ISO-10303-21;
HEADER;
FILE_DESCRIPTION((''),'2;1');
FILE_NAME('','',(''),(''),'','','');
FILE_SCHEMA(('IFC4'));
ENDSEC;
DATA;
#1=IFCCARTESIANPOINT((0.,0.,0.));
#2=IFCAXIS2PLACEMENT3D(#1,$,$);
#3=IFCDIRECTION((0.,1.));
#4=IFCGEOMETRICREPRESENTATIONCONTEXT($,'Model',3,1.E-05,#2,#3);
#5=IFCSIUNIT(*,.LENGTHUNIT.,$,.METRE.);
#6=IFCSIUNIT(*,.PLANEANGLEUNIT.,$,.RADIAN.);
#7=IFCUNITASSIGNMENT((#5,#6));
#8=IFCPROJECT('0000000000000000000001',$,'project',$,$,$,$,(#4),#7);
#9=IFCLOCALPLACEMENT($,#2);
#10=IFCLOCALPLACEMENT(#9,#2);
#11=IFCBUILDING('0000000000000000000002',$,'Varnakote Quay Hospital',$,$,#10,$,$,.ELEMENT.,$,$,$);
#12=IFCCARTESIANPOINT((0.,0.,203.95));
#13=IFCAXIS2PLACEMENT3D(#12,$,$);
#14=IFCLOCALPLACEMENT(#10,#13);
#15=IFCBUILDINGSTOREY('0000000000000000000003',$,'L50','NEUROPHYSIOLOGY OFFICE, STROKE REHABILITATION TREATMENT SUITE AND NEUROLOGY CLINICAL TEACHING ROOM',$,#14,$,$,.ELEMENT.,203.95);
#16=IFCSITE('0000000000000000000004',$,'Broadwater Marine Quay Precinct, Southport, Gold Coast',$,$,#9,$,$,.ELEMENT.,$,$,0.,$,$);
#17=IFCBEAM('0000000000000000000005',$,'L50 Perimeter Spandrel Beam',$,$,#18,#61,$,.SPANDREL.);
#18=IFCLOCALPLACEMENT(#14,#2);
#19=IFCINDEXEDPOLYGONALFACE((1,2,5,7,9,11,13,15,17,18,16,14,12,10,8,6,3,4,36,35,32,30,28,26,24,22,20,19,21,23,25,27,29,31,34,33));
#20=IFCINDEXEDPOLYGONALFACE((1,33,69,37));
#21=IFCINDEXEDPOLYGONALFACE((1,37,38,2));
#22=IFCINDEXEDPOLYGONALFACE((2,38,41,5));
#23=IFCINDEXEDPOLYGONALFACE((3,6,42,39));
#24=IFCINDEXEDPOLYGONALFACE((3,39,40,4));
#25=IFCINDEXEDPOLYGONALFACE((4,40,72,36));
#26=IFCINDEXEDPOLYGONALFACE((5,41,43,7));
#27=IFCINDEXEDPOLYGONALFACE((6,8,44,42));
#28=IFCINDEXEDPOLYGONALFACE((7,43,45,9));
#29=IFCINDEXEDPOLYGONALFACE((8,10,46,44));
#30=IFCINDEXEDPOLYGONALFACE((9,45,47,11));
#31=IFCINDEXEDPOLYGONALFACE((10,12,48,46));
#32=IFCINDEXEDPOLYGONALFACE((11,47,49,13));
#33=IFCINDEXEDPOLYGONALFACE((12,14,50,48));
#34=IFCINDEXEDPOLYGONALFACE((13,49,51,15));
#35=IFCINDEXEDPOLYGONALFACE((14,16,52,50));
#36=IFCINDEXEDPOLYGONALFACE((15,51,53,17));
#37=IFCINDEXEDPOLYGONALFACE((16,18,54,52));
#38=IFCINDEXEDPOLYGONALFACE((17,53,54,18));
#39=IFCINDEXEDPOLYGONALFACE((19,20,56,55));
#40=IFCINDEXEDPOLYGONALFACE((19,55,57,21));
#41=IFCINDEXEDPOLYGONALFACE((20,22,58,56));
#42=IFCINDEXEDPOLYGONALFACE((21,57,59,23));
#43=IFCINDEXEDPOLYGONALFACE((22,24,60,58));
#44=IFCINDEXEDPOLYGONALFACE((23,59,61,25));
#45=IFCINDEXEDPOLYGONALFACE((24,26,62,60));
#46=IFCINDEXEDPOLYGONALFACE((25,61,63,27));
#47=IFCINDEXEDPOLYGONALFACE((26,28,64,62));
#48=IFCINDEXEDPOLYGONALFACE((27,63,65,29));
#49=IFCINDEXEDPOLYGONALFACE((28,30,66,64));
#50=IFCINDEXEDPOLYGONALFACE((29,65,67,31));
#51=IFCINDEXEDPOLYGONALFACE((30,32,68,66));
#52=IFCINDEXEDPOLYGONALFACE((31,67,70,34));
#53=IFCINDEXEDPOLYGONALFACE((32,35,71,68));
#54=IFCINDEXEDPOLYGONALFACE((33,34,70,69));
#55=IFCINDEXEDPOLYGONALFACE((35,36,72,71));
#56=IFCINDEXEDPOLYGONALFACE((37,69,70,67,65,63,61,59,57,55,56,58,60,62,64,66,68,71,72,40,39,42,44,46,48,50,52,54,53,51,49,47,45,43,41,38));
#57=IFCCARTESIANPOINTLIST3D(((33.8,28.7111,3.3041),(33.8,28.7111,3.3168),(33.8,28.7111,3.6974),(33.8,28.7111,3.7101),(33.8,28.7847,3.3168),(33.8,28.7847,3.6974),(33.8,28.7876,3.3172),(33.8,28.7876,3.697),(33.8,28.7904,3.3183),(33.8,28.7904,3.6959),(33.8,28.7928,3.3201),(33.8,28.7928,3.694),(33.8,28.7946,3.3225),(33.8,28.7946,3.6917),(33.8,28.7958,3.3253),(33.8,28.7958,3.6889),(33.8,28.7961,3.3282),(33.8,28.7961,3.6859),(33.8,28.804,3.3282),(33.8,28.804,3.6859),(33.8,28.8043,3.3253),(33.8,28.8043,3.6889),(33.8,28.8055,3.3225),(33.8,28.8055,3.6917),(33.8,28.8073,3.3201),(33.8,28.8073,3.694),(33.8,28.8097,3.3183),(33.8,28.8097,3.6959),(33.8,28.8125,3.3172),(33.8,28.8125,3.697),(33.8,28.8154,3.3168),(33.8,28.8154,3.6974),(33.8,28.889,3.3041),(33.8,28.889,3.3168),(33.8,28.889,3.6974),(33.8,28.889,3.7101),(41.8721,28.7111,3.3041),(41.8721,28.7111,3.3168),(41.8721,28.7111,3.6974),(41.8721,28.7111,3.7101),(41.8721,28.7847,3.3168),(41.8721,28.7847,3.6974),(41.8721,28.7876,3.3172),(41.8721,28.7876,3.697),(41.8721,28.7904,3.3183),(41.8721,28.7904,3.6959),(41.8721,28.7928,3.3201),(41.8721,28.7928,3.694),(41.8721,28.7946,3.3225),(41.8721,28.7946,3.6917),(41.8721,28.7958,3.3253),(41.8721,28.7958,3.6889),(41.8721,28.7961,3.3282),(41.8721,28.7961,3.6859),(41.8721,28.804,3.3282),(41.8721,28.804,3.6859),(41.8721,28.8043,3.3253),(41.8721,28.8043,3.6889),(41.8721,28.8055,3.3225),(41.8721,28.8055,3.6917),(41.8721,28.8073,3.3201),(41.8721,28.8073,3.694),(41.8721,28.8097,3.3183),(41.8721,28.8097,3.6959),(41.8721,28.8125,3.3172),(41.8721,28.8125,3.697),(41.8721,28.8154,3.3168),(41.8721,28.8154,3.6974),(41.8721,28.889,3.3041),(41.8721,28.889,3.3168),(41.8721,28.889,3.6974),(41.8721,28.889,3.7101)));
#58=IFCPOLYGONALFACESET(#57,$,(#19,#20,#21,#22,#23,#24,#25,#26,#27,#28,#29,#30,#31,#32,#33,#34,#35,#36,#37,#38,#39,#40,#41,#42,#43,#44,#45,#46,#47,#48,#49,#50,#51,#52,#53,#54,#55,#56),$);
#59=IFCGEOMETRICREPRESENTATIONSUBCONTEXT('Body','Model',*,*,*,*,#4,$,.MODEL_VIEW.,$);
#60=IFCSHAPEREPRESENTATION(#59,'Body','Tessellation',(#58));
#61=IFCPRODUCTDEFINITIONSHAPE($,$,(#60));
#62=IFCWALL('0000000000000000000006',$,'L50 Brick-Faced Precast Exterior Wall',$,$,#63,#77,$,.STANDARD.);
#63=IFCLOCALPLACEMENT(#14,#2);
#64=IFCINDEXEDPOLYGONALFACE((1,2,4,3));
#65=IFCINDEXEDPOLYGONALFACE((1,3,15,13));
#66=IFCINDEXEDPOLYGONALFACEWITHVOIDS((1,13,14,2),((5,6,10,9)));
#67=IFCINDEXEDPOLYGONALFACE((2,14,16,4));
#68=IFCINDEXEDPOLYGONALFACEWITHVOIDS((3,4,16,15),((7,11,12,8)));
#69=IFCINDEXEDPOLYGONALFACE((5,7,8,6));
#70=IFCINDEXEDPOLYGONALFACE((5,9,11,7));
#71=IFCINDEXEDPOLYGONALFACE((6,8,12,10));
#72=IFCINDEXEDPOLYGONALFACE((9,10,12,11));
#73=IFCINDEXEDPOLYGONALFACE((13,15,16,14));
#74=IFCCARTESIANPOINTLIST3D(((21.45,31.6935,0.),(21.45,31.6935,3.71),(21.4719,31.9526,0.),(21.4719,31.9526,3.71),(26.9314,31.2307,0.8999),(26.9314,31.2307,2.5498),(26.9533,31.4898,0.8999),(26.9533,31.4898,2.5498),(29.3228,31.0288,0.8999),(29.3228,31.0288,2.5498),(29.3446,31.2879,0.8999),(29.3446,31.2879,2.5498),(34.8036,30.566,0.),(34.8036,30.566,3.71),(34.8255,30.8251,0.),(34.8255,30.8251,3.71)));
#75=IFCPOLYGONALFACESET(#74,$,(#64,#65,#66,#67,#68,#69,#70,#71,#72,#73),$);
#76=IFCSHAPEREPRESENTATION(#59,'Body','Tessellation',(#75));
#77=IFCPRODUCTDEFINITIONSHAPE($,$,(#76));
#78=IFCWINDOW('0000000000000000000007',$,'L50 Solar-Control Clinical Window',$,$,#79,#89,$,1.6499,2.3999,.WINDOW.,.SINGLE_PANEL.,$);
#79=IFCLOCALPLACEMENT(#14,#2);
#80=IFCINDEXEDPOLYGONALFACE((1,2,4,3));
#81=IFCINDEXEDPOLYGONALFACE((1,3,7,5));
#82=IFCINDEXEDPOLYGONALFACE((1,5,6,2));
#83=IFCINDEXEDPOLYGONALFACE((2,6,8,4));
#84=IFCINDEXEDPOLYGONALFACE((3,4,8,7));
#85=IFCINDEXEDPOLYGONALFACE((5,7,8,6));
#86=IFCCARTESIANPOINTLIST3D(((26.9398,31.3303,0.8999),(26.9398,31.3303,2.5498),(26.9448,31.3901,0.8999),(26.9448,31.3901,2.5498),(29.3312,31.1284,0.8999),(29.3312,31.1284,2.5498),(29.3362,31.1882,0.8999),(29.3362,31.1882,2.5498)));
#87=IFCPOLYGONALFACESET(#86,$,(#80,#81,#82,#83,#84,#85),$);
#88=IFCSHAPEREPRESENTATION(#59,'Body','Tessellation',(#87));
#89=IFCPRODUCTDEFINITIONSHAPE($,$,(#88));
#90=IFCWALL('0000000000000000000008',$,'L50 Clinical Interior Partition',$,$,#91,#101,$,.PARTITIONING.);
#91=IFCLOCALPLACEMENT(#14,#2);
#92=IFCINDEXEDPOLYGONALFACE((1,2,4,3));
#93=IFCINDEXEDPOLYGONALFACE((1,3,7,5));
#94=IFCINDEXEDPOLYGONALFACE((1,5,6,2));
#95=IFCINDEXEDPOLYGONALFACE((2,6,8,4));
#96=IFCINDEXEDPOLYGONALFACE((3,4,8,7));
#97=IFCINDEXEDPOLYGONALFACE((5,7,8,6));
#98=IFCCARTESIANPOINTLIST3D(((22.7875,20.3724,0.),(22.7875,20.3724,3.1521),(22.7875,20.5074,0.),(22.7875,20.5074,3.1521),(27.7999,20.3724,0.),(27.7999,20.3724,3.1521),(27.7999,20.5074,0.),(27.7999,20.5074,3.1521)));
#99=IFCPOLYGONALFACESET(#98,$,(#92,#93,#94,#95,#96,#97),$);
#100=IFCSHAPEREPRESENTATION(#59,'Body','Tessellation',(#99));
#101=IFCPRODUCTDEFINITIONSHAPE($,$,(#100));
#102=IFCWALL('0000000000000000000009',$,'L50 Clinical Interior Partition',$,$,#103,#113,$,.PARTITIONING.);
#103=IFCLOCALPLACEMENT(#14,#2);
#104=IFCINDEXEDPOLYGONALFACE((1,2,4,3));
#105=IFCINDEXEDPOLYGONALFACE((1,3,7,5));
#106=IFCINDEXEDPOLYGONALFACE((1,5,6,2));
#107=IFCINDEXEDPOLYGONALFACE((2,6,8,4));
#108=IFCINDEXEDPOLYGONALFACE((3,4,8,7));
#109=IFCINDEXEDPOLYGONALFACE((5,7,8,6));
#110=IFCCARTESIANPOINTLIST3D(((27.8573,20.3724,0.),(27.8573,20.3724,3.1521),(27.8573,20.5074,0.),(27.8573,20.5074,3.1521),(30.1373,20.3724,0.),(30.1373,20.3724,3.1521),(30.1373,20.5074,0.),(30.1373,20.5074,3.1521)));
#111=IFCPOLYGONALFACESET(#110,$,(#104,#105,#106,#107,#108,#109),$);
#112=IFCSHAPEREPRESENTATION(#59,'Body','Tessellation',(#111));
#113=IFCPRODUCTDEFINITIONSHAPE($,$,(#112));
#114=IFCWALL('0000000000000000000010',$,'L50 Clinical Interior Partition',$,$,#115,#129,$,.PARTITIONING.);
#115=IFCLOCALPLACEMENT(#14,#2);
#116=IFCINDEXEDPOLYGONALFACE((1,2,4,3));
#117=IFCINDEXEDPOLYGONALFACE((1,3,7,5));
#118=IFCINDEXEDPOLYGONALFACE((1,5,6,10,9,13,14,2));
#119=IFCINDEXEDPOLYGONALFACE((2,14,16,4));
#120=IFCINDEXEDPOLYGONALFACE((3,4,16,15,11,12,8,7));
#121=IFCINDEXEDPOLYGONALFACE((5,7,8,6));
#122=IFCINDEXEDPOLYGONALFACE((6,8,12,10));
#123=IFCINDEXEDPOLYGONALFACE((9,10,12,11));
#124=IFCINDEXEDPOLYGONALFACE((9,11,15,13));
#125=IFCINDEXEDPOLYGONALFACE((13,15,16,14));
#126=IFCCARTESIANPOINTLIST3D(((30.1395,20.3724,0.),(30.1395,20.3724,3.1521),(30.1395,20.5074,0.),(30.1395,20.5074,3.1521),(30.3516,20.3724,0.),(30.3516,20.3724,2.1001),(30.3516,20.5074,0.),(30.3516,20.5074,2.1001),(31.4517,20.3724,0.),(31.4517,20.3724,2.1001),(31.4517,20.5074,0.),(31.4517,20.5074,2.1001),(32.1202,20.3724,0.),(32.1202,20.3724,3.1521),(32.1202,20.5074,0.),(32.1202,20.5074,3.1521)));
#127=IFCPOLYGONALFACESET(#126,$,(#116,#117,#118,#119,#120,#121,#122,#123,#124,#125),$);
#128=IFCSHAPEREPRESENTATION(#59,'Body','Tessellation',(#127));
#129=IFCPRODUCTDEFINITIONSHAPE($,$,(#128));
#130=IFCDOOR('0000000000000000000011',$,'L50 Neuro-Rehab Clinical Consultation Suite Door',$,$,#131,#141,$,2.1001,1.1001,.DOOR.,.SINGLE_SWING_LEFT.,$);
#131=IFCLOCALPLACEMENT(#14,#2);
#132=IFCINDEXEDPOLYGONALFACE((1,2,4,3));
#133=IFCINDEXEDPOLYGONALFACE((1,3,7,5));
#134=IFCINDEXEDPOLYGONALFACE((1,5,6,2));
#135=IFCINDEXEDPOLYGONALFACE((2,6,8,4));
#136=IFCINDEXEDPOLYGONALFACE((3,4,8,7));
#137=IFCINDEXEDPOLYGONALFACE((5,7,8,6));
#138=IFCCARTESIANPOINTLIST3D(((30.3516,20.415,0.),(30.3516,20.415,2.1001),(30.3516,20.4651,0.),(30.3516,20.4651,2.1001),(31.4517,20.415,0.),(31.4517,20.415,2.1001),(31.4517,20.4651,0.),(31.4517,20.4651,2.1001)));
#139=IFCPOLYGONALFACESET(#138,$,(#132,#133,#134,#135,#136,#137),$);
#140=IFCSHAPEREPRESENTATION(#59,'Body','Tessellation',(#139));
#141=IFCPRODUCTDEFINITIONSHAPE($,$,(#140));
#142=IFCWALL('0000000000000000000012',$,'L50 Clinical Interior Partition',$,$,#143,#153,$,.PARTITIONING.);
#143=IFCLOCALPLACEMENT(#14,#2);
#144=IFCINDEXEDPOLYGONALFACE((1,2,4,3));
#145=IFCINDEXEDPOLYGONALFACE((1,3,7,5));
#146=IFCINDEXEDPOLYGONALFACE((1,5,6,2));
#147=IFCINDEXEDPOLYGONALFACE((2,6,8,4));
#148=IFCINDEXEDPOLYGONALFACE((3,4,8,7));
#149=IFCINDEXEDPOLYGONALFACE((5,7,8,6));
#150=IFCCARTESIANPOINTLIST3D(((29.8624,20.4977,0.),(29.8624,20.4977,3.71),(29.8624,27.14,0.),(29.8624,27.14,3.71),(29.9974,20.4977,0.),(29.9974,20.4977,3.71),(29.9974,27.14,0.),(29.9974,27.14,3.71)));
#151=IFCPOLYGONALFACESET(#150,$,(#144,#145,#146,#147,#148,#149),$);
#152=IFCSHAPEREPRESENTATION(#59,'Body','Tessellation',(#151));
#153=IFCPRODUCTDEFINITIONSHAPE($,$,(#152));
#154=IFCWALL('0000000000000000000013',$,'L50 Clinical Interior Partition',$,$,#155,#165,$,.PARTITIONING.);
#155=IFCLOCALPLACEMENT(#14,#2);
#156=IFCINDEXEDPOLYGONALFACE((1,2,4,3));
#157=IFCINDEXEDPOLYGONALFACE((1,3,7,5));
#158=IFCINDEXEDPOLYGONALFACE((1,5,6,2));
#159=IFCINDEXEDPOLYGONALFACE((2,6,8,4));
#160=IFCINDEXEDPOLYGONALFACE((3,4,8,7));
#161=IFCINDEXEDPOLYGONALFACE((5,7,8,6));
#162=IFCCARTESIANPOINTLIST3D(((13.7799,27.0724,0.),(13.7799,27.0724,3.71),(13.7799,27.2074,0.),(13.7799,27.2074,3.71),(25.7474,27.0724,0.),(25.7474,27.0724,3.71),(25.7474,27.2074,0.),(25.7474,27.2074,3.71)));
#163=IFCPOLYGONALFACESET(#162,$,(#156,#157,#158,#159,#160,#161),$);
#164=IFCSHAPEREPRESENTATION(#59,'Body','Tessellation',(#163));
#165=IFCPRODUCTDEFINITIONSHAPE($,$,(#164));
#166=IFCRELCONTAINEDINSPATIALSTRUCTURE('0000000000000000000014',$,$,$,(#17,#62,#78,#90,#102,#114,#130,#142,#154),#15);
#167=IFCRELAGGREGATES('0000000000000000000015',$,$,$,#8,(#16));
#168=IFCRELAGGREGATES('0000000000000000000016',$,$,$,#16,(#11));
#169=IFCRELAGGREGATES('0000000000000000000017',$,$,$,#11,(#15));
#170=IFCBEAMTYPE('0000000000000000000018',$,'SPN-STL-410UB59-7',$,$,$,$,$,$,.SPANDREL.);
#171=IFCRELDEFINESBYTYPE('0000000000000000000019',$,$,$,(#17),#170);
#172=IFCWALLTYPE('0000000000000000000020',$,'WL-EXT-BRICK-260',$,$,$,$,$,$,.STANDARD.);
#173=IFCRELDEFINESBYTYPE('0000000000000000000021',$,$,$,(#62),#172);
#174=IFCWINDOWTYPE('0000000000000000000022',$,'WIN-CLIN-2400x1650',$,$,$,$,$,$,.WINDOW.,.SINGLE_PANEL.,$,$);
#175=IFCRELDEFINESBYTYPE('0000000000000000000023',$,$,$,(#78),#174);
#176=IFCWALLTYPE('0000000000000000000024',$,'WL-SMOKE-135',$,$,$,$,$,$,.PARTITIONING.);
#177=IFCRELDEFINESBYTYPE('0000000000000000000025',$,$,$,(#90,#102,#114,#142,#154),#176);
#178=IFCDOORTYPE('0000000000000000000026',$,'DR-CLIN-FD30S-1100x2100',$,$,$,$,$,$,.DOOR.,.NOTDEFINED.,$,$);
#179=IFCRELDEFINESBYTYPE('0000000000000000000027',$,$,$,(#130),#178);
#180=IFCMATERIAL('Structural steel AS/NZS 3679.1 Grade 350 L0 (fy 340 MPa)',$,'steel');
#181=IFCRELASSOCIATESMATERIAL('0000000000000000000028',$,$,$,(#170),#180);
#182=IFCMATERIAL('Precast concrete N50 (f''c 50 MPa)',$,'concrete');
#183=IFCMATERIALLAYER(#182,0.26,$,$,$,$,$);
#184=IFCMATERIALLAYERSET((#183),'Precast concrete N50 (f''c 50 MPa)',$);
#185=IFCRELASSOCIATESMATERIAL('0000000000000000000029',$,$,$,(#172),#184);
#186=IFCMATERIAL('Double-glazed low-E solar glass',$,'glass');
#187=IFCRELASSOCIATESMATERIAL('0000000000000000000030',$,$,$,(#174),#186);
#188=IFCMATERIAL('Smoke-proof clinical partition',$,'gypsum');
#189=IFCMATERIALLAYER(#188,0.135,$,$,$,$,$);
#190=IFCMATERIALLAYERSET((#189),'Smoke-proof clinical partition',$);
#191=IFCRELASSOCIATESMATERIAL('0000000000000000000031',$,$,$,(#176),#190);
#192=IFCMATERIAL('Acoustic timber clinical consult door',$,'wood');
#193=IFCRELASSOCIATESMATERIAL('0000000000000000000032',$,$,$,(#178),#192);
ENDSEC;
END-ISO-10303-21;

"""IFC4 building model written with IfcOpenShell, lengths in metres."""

from ifc_helpers import new_model, si_unit, direction, frame, frame_2d, origin, origin_2d, place, context, subcontext, project, spatial, rectangle, i_section, extrude, material, layer, layer_set, material_profile, profile_set, type_object, element, fill, save


model = new_model("IFC4")

# Units and contexts
model_context = context("Model", 3, precision=1e-05, world=origin(), true_north=direction((0.0, 1.0)))
body_context = subcontext(model_context, "Body", "Model", "MODEL_VIEW")
ifc_project = project(units=[si_unit("LENGTHUNIT", "METRE"), si_unit("PLANEANGLEUNIT", "RADIAN")], contexts=[model_context])

# Site, building, storey
site_placement = place(None, origin())
site = spatial("IfcSite", under=ifc_project, at=site_placement, Name="Broadwater Marine Quay Precinct, Southport, Gold Coast", CompositionType="ELEMENT", RefElevation=0.0)
building_placement = place(site_placement, origin())
building = spatial("IfcBuilding", under=site, at=building_placement, Name="Varnakote Quay Hospital", CompositionType="ELEMENT")
storey_placement = place(building_placement, frame((0.0, 0.0, 203.95)))
storey = spatial("IfcBuildingStorey", under=building, at=storey_placement, Name="L50", Description="NEUROPHYSIOLOGY OFFICE, STROKE REHABILITATION TREATMENT SUITE AND NEUROLOGY CLINICAL TEACHING ROOM", CompositionType="ELEMENT", Elevation=203.95)

# Beam
ifc_material_1 = material(Name="Structural steel AS/NZS 3679.1 Grade 350 L0 (fy 340 MPa)", Category="steel")
ifc_material_profile_1 = material_profile(ifc_material_1, i_section(OverallWidth=0.178, OverallDepth=0.406, WebThickness=0.0078, FlangeThickness=0.0127, FilletRadius=0.0115, at=origin_2d()), Name="410UB59.7")
ifc_profile_set_1 = profile_set([ifc_material_profile_1], Name="Structural steel AS/NZS 3679.1 Grade 350 L0 (fy 340 MPa)")
beam_type_1 = type_object("IfcBeamType", Name="SPN-STL-410UB59-7", PredefinedType="SPANDREL", material=ifc_profile_set_1)
for number, where, z_axis, x_axis, name in (
    (1, (33.8, 28.8, 3.5071), (1.0, 0.0, 0.0), (0.0, 1.0, 0.0), "L50 Perimeter Spandrel Beam"),
):
    element("IfcBeam", number, at=place(storey_placement, frame(where, z_axis=z_axis, x_axis=x_axis)), inside=storey, type_object=beam_type_1, Name=name, PredefinedType="SPANDREL", context=body_context, shape_type="SweptSolid", body=[
        extrude(i_section(OverallWidth=0.178, OverallDepth=0.406, WebThickness=0.0078, FlangeThickness=0.0127, FilletRadius=0.0115, at=origin_2d()), origin(), (0.0, 0.0, 1.0), 8.072),
    ])

# Wall, opening, window
ifc_material_2 = material(Name="Precast concrete N50 (f'c 50 MPa)", Category="concrete")
ifc_layer_1 = layer(ifc_material_2, 0.26)
ifc_layer_set_1 = layer_set([ifc_layer_1], Name="Precast concrete N50 (f'c 50 MPa)")
wall_type_1 = type_object("IfcWallType", Name="WL-EXT-BRICK-260", PredefinedType="STANDARD", material=ifc_layer_set_1)
wall_1_placement = place(storey_placement, frame((34.8147, 30.6956, 0.0), z_axis=(0.0, 0.0, 1.0), x_axis=(-0.996455, 0.084131, 0.0)))
wall_1 = element("IfcWall", 2, at=wall_1_placement, inside=storey, type_object=wall_type_1, Name="L50 Brick-Faced Precast Exterior Wall", PredefinedType="STANDARD", context=body_context, shape_type="SweptSolid", body=[
    extrude(rectangle(XDim=13.4011, YDim=0.26, at=frame_2d((6.7007, 0.0))), origin(), (0.0, 0.0, 1.0), 3.71),
])
opening_1_placement = place(wall_1_placement, frame((5.5005, 0.0, 0.8999)))
opening_1 = element("IfcOpeningElement", 3, at=opening_1_placement, cuts=wall_1, PredefinedType="OPENING", context=body_context, shape_type="SweptSolid", body=[
    extrude(rectangle(XDim=2.3999, YDim=1.6499, at=frame_2d((1.2, 0.825))), frame((0.0, 0.1399, 0.0), z_axis=(0.0, -1.0, 0.0), x_axis=(1.0, 0.0, 0.0)), (0.0, 0.0, 1.0), 0.28),
])
ifc_material_3 = material(Name="Double-glazed low-E solar glass", Category="glass")
window_type = type_object("IfcWindowType", Name="WIN-CLIN-2400x1650", PartitioningType="SINGLE_PANEL", PredefinedType="WINDOW", material=ifc_material_3)
window_placement = place(opening_1_placement, origin())
window = element("IfcWindow", 4, at=window_placement, inside=storey, type_object=window_type, Name="L50 Solar-Control Clinical Window", OverallHeight=1.6499, OverallWidth=2.3999, PartitioningType="SINGLE_PANEL", PredefinedType="WINDOW", context=body_context, shape_type="SweptSolid", body=[
    extrude(rectangle(XDim=2.3999, YDim=1.6499, at=frame_2d((1.2, 0.825))), frame((0.0, 0.03, 0.0), z_axis=(0.0, -1.0, 0.0), x_axis=(1.0, 0.0, 0.0)), (0.0, 0.0, 1.0), 0.0601),
])
fill(opening_1, window)

# Walls
ifc_material_4 = material(Name="Smoke-proof clinical partition", Category="gypsum")
ifc_layer_2 = layer(ifc_material_4, 0.135)
ifc_layer_set_2 = layer_set([ifc_layer_2], Name="Smoke-proof clinical partition")
wall_type_2 = type_object("IfcWallType", Name="WL-SMOKE-135", PredefinedType="PARTITIONING", material=ifc_layer_set_2)
wall_2_placement = place(storey_placement, frame((27.8, 20.4399, 0.0), z_axis=(0.0, 0.0, 1.0), x_axis=(-1.0, 0.0, 0.0)))
element("IfcWall", 5, at=wall_2_placement, inside=storey, type_object=wall_type_2, Name="L50 Clinical Interior Partition", PredefinedType="PARTITIONING", context=body_context, shape_type="SweptSolid", body=[
    extrude(rectangle(XDim=5.0125, YDim=0.135, at=frame_2d((2.5063, 0.0))), origin(), (0.0, 0.0, 1.0), 3.1521),
])
wall_3_placement = place(storey_placement, frame((30.1375, 20.4399, 0.0), z_axis=(0.0, 0.0, 1.0), x_axis=(-1.0, 0.0, 0.0)))
element("IfcWall", 6, at=wall_3_placement, inside=storey, type_object=wall_type_2, Name="L50 Clinical Interior Partition", PredefinedType="PARTITIONING", context=body_context, shape_type="SweptSolid", body=[
    extrude(rectangle(XDim=2.28, YDim=0.135, at=frame_2d((1.1401, 0.0))), origin(), (0.0, 0.0, 1.0), 3.1521),
])

# Wall, opening, door
wall_4_placement = place(storey_placement, frame((32.1201, 20.4399, 0.0), z_axis=(0.0, 0.0, 1.0), x_axis=(-1.0, 0.0, 0.0)))
wall_4 = element("IfcWall", 7, at=wall_4_placement, inside=storey, type_object=wall_type_2, Name="L50 Clinical Interior Partition", PredefinedType="PARTITIONING", context=body_context, shape_type="SweptSolid", body=[
    extrude(rectangle(XDim=1.9807, YDim=0.135, at=frame_2d((0.9902, 0.0))), origin(), (0.0, 0.0, 1.0), 3.1521),
])
opening_2_placement = place(wall_4_placement, frame((0.6685, 0.0, 0.0)))
opening_2 = element("IfcOpeningElement", 8, at=opening_2_placement, cuts=wall_4, PredefinedType="OPENING", context=body_context, shape_type="SweptSolid", body=[
    extrude(rectangle(XDim=1.1001, YDim=2.1001, at=frame_2d((0.55, 1.05))), frame((0.0, 0.0774, 0.0), z_axis=(0.0, -1.0, 0.0), x_axis=(1.0, 0.0, 0.0)), (0.0, 0.0, 1.0), 0.155),
])
ifc_material_5 = material(Name="Acoustic timber clinical consult door", Category="wood")
door_type = type_object("IfcDoorType", Name="DR-CLIN-FD30S-1100x2100", OperationType="NOTDEFINED", PredefinedType="DOOR", material=ifc_material_5)
door_1_placement = place(opening_2_placement, origin())
door_1 = element("IfcDoor", 9, at=door_1_placement, inside=storey, type_object=door_type, Name="L50 Neuro-Rehab Clinical Consultation Suite Door", OperationType="SINGLE_SWING_LEFT", OverallHeight=2.1001, OverallWidth=1.1001, PredefinedType="DOOR", context=body_context, shape_type="SweptSolid", body=[
    extrude(rectangle(XDim=1.1001, YDim=2.1001, at=frame_2d((0.55, 1.05))), frame((0.0, 0.0249, 0.0), z_axis=(0.0, -1.0, 0.0), x_axis=(1.0, 0.0, 0.0)), (0.0, 0.0, 1.0), 0.05),
])
fill(opening_2, door_1)

# Walls
wall_5_placement = place(storey_placement, frame((29.9299, 20.4976, 0.0), z_axis=(0.0, 0.0, 1.0), x_axis=(0.0, 1.0, 0.0)))
element("IfcWall", 10, at=wall_5_placement, inside=storey, type_object=wall_type_2, Name="L50 Clinical Interior Partition", PredefinedType="PARTITIONING", context=body_context, shape_type="SweptSolid", body=[
    extrude(rectangle(XDim=6.6423, YDim=0.135, at=frame_2d((3.3213, 0.0))), origin(), (0.0, 0.0, 1.0), 3.71),
])
wall_6_placement = place(storey_placement, frame((25.7476, 27.1399, 0.0), z_axis=(0.0, 0.0, 1.0), x_axis=(-1.0, 0.0, 0.0)))
element("IfcWall", 11, at=wall_6_placement, inside=storey, type_object=wall_type_2, Name="L50 Clinical Interior Partition", PredefinedType="PARTITIONING", context=body_context, shape_type="SweptSolid", body=[
    extrude(rectangle(XDim=11.9675, YDim=0.135, at=frame_2d((5.9839, 0.0))), origin(), (0.0, 0.0, 1.0), 3.71),
])

save(model, "model.ifc")
